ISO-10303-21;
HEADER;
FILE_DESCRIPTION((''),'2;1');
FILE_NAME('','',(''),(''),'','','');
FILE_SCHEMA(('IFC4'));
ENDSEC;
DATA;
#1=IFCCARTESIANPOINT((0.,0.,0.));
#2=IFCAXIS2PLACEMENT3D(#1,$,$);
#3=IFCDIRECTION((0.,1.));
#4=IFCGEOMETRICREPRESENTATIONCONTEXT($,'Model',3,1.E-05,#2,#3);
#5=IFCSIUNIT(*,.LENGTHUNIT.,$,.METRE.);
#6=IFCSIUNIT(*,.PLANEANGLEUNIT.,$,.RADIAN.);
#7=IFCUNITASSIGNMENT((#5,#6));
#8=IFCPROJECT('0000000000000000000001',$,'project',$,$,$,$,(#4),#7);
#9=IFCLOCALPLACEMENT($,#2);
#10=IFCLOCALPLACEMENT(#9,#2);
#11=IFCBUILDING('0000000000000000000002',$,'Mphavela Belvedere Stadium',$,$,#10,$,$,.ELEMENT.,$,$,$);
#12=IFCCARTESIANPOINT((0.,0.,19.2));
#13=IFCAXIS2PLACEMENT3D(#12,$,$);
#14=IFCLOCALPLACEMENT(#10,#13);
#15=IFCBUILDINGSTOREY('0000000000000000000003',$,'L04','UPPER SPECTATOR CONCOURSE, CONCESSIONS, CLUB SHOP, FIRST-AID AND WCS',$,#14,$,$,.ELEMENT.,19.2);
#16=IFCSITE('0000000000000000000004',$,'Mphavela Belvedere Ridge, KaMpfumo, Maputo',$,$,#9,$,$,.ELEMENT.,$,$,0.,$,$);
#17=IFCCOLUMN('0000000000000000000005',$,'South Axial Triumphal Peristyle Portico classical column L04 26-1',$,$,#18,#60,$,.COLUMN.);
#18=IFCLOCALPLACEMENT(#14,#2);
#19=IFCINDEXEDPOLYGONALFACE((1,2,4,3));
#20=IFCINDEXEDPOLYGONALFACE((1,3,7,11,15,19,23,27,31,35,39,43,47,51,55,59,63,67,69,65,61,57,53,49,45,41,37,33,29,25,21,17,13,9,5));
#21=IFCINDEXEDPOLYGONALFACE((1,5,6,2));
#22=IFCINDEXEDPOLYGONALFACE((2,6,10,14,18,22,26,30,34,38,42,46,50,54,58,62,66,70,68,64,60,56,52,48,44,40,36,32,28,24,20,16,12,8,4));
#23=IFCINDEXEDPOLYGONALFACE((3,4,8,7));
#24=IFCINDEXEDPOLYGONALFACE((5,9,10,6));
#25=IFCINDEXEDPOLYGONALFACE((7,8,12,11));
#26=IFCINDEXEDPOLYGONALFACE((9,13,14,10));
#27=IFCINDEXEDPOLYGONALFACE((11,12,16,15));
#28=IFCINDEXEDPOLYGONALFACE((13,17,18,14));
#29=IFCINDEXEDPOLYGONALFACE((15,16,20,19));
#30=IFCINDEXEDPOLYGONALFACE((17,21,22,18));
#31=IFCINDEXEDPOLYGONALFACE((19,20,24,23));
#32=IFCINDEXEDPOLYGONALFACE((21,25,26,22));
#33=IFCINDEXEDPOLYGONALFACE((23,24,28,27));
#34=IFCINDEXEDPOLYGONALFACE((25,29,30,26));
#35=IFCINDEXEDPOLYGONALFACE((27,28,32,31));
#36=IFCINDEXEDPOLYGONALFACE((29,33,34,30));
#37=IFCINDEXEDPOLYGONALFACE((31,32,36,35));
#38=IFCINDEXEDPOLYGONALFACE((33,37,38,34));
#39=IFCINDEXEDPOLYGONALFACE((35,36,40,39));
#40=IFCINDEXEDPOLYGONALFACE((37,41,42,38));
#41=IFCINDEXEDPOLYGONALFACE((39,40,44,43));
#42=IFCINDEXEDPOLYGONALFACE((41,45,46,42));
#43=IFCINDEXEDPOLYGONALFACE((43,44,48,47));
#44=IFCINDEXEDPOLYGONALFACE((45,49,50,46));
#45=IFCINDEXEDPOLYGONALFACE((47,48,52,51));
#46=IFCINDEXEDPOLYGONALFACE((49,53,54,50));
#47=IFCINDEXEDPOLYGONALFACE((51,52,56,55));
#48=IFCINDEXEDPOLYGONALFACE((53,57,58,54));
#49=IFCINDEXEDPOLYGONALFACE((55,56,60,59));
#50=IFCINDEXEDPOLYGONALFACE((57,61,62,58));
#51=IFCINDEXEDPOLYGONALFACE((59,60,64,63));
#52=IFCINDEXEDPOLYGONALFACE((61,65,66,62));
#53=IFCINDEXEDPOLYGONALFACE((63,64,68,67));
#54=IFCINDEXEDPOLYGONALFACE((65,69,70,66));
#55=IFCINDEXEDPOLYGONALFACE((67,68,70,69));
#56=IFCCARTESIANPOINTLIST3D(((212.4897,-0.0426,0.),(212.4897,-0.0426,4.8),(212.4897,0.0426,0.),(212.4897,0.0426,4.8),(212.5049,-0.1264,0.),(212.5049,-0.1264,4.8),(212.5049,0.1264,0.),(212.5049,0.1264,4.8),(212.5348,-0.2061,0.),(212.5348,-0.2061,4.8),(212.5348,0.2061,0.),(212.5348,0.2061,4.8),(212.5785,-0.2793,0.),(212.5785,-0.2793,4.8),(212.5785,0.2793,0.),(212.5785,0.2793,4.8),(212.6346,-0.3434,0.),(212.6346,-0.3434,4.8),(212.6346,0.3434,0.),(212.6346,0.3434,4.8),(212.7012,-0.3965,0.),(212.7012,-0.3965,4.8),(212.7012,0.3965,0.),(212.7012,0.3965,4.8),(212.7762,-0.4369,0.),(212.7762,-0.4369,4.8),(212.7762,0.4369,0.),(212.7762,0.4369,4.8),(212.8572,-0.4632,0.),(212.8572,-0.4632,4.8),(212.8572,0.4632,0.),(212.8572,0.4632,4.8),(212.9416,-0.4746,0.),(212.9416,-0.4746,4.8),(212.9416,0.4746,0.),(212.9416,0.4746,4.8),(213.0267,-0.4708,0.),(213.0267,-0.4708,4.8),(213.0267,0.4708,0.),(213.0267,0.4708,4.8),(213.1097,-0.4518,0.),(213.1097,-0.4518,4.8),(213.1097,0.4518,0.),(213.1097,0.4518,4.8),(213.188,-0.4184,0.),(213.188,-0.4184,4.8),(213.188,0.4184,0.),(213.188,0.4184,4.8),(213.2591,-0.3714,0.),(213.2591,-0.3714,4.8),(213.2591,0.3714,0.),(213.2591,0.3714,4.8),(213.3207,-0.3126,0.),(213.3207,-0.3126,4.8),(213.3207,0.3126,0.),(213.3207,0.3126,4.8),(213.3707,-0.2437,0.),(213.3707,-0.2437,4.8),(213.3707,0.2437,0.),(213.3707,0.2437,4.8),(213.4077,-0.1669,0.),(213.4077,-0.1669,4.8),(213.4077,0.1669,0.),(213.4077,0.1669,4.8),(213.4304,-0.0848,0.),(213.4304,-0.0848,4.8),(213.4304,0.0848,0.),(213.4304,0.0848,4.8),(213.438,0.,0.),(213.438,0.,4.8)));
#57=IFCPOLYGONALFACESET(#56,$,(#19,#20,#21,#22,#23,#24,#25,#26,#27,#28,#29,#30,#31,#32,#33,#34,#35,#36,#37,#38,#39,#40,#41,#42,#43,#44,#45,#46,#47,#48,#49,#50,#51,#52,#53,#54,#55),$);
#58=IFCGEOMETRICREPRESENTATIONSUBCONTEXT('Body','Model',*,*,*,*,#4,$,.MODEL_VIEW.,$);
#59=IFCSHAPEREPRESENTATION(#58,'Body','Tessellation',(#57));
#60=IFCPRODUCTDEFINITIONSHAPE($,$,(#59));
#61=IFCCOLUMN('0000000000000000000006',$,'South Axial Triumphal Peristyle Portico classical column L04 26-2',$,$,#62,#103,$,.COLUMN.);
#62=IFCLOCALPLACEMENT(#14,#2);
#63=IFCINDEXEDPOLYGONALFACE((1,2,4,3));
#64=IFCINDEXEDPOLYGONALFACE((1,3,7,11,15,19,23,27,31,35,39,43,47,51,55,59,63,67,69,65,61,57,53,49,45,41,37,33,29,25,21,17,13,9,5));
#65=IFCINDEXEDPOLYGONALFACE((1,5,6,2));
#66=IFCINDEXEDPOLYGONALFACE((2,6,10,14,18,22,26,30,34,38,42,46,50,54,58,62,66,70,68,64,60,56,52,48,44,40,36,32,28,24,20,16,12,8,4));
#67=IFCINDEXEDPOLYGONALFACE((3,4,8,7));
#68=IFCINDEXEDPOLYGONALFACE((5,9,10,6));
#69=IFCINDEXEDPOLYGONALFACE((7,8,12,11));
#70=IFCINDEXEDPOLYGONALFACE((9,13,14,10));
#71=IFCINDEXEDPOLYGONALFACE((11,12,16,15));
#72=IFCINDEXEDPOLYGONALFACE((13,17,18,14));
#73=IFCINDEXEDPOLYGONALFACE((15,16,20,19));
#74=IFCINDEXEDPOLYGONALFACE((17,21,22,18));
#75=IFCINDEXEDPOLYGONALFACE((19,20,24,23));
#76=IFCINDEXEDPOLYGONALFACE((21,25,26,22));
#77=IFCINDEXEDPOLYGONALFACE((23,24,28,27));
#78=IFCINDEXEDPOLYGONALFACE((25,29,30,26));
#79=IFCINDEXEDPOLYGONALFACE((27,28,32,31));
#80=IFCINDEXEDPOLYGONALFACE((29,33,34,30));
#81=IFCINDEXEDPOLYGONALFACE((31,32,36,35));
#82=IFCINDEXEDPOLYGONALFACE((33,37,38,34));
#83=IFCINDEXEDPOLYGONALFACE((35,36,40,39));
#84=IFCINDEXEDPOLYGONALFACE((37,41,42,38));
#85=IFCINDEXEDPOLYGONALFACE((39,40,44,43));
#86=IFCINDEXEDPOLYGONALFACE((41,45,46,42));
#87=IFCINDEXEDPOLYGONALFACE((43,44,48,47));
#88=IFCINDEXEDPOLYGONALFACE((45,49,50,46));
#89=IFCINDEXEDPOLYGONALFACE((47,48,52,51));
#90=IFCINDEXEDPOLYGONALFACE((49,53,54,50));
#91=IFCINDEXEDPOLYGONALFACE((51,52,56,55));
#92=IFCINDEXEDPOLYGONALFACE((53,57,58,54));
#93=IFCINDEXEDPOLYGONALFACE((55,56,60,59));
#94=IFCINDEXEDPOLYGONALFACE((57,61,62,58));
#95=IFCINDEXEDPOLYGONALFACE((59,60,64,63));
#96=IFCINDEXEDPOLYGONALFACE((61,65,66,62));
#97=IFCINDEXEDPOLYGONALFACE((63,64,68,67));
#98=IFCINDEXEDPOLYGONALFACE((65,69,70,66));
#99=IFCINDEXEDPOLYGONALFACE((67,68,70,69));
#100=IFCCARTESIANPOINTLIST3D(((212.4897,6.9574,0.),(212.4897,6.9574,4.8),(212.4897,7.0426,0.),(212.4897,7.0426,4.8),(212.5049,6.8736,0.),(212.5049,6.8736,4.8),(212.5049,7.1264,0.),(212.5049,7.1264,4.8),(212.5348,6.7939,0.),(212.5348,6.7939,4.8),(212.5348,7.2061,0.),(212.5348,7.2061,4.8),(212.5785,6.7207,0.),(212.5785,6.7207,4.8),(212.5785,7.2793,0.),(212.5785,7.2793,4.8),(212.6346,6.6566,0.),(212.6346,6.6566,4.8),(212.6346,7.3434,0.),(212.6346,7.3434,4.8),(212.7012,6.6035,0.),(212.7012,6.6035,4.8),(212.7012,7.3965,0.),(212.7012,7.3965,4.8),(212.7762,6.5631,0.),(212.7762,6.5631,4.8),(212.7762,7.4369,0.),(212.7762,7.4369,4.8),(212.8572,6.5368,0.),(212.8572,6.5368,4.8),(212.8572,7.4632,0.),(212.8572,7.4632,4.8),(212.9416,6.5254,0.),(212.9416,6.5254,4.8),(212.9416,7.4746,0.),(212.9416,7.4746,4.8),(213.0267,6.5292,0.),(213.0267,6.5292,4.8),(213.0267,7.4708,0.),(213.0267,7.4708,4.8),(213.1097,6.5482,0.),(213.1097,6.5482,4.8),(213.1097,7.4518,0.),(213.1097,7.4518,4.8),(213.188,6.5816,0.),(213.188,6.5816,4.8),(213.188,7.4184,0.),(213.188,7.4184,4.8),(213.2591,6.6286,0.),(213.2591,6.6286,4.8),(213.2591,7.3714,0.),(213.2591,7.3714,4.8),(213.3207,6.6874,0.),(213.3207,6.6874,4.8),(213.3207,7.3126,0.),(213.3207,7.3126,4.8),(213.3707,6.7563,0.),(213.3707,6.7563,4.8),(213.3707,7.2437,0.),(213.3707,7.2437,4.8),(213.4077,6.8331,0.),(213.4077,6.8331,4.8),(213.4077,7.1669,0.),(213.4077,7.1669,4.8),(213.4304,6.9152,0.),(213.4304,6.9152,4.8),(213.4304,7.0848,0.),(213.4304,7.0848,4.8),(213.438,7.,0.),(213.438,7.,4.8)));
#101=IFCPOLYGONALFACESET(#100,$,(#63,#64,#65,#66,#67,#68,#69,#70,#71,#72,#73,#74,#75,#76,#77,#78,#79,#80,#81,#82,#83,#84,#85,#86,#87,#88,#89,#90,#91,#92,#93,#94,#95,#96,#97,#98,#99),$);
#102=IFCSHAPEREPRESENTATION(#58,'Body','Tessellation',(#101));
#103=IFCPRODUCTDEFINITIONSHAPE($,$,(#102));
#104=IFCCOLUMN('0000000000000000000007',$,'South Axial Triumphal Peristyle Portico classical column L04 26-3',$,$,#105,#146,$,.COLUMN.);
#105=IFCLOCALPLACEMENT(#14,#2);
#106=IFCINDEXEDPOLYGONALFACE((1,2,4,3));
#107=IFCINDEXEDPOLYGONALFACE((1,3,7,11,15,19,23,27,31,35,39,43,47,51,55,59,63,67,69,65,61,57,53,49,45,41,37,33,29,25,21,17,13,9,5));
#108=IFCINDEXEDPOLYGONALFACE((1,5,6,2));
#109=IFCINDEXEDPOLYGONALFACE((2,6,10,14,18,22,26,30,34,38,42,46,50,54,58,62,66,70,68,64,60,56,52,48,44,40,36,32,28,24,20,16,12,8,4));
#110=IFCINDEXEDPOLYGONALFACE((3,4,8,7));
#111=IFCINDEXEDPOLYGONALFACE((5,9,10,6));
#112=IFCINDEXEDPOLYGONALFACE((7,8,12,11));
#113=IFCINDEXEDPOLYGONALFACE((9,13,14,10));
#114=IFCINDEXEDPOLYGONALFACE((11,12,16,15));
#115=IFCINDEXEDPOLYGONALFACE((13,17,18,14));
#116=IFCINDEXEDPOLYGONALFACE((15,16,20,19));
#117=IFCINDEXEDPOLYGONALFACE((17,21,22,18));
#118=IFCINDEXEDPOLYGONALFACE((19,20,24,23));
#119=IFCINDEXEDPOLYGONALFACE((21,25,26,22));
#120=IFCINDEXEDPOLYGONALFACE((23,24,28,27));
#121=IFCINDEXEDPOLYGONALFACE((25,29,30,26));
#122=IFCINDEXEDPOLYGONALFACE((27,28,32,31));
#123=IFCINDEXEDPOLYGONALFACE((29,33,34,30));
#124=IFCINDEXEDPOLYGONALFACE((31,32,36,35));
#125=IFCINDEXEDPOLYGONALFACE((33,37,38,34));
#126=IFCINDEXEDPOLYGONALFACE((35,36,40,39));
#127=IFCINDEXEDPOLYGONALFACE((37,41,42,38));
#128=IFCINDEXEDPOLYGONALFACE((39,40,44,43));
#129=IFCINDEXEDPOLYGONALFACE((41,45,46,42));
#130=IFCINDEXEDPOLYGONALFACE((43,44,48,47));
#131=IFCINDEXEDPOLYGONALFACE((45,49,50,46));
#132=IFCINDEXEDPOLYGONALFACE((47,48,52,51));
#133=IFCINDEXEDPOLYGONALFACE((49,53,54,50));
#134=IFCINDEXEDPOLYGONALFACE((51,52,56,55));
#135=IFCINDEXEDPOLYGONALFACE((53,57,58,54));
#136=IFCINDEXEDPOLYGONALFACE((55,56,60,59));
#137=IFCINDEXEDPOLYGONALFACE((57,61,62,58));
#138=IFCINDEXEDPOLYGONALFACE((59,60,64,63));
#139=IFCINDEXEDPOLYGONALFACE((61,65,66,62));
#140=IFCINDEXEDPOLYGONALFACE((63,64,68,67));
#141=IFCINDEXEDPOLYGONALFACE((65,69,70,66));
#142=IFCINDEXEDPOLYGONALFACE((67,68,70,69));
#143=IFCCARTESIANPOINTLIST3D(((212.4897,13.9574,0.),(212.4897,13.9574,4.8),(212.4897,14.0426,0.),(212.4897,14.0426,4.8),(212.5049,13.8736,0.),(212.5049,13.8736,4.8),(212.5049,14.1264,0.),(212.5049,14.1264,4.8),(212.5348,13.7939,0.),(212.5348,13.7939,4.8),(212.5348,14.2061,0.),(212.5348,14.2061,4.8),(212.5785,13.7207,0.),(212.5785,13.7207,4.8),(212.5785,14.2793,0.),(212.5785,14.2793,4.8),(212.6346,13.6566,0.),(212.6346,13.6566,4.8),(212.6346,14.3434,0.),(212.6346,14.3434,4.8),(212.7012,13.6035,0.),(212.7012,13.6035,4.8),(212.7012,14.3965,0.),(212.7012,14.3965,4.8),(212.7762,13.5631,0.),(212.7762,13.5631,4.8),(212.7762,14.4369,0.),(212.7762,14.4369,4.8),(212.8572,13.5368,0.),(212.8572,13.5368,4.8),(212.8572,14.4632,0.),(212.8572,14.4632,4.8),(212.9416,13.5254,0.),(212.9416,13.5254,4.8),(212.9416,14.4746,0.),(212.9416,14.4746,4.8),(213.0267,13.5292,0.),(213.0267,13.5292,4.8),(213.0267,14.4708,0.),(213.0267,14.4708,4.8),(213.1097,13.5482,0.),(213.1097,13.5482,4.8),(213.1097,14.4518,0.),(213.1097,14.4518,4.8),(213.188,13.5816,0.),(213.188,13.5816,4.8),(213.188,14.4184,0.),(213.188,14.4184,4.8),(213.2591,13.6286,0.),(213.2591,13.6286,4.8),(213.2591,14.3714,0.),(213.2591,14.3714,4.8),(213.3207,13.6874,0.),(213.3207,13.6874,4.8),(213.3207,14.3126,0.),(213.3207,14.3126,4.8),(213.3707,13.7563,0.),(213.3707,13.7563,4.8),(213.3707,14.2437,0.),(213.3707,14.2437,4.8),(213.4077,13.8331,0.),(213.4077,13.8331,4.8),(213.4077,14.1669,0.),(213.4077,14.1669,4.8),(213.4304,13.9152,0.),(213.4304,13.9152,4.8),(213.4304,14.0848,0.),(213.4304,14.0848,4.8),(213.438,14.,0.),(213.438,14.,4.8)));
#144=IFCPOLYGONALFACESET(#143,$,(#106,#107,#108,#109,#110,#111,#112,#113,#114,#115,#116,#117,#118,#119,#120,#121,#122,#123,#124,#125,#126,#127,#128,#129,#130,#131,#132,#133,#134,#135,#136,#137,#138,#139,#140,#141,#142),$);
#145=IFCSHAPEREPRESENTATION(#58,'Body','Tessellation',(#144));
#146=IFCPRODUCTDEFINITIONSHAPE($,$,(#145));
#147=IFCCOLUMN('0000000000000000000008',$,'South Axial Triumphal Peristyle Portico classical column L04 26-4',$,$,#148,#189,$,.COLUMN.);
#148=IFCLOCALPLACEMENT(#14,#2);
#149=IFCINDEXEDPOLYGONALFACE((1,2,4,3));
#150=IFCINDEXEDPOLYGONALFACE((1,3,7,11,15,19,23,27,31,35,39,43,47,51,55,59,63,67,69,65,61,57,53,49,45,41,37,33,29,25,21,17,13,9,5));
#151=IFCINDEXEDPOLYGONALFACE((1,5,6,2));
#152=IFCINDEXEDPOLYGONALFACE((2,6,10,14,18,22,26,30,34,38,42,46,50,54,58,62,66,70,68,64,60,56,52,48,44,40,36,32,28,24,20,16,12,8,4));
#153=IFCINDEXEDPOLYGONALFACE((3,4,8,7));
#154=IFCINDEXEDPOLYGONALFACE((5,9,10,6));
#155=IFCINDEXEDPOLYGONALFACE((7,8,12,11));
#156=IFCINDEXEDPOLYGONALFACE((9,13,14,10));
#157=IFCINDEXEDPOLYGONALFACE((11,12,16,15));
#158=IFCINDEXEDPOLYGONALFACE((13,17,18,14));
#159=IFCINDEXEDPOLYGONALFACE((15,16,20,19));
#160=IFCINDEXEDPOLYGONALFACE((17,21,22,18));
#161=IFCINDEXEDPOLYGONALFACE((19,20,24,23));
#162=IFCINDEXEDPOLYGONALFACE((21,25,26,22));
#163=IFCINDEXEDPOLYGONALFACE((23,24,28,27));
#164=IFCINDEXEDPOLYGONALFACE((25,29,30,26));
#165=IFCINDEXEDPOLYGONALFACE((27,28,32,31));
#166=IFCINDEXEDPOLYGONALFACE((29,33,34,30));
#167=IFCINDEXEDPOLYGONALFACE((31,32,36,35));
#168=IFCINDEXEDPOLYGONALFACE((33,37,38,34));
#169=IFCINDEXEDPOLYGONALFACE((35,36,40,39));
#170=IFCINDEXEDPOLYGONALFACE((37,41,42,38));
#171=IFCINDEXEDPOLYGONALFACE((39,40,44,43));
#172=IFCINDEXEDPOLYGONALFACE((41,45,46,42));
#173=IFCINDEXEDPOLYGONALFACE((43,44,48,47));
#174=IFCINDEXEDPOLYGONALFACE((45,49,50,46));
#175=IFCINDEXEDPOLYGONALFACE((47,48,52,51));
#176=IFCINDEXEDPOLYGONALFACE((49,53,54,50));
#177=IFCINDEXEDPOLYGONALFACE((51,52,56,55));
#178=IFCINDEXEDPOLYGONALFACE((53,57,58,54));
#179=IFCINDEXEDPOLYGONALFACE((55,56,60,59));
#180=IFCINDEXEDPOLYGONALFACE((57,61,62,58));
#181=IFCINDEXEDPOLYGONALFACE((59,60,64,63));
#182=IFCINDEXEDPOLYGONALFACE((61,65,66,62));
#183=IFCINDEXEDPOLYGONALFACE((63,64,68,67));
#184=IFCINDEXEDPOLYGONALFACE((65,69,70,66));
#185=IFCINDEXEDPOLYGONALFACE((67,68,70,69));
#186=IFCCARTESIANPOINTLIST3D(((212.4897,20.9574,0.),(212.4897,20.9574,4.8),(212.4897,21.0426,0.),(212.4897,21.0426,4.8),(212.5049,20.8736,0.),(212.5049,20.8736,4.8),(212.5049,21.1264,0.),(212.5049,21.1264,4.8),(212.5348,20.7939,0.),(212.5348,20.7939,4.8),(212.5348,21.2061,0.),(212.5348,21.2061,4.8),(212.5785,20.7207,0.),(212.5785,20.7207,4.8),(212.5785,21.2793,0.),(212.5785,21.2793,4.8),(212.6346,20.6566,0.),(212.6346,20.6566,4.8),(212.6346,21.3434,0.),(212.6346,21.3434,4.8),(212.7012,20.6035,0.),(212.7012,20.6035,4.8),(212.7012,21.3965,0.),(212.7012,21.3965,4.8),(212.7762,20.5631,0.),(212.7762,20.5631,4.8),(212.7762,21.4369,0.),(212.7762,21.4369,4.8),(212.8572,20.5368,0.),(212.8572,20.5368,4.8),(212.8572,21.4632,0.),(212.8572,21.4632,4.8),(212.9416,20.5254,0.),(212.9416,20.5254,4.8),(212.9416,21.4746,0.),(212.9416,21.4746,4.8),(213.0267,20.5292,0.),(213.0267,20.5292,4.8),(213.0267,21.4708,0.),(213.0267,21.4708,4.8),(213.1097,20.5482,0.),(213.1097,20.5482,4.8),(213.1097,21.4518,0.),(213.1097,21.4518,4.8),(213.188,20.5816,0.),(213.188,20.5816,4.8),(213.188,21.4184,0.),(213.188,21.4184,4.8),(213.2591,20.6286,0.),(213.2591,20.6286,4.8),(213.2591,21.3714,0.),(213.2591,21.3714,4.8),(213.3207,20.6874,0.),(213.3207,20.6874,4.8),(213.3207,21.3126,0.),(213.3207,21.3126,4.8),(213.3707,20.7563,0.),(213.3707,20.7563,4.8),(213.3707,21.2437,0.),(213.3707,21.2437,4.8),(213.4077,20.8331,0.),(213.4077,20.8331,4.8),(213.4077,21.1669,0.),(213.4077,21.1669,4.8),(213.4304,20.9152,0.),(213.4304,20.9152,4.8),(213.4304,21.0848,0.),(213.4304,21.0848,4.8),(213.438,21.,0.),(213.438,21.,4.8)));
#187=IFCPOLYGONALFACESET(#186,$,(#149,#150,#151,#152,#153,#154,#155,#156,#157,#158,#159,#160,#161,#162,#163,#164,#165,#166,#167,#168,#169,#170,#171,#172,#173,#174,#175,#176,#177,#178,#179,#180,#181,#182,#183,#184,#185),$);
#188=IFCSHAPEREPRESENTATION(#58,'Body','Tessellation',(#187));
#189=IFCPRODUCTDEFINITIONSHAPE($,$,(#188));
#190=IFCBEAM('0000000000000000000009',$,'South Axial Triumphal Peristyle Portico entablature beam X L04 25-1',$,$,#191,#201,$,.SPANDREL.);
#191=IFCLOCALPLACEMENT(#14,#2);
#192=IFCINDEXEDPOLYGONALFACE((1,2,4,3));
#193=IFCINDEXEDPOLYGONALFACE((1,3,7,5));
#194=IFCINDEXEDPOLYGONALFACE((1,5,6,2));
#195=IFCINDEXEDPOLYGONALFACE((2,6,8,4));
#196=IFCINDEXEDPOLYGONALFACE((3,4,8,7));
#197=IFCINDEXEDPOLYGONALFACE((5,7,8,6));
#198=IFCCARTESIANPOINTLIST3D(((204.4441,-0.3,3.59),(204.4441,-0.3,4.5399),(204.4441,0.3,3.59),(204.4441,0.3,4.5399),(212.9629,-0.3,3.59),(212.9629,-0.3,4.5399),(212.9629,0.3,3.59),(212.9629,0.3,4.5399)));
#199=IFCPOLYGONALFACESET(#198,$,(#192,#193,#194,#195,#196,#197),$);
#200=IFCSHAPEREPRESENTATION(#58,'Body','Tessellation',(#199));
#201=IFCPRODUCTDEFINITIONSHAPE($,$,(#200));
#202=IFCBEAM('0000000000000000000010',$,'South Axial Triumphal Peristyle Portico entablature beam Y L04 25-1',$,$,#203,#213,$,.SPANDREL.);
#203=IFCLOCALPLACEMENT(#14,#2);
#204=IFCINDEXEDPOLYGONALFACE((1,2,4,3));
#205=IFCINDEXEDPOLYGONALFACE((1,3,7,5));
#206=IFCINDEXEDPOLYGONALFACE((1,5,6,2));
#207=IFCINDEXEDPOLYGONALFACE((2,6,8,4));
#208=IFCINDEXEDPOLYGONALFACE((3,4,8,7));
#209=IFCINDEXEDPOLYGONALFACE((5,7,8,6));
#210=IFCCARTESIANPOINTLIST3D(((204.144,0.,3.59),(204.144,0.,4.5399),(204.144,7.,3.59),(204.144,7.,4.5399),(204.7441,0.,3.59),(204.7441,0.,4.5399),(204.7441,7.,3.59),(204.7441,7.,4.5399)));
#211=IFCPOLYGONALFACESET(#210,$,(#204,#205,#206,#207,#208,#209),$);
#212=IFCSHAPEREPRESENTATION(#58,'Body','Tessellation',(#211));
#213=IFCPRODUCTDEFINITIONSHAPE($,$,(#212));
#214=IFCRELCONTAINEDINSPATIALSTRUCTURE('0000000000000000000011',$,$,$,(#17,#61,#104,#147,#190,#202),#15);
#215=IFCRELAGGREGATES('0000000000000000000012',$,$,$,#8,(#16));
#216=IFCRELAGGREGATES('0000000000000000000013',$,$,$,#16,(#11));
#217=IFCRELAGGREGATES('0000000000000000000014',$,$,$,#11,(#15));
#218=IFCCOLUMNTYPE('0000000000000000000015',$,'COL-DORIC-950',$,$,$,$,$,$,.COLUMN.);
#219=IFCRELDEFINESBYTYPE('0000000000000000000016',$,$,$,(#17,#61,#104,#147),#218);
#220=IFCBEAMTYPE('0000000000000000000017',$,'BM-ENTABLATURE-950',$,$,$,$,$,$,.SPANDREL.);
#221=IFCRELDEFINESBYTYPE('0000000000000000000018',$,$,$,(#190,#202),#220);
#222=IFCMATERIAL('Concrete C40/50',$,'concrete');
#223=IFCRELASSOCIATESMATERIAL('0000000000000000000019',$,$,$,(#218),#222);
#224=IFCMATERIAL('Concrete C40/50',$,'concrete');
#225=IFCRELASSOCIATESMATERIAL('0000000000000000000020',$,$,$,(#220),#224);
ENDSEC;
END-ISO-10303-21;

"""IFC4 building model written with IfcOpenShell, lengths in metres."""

from ifc_helpers import new_model, si_unit, direction, frame, origin, origin_2d, place, context, subcontext, project, spatial, rectangle, circle, extrude, material, material_profile, profile_set, type_object, element, save


model = new_model("IFC4")

# Units and contexts
model_context = context("Model", 3, precision=1e-05, world=origin(), true_north=direction((0.0, 1.0)))
body_context = subcontext(model_context, "Body", "Model", "MODEL_VIEW")
ifc_project = project(units=[si_unit("LENGTHUNIT", "METRE"), si_unit("PLANEANGLEUNIT", "RADIAN")], contexts=[model_context])

# Site, building, storey
site_placement = place(None, origin())
site = spatial("IfcSite", under=ifc_project, at=site_placement, Name="Mphavela Belvedere Ridge, KaMpfumo, Maputo", CompositionType="ELEMENT", RefElevation=0.0)
building_placement = place(site_placement, origin())
building = spatial("IfcBuilding", under=site, at=building_placement, Name="Mphavela Belvedere Stadium", CompositionType="ELEMENT")
storey_placement = place(building_placement, frame((0.0, 0.0, 19.2)))
storey = spatial("IfcBuildingStorey", under=building, at=storey_placement, Name="L04", Description="UPPER SPECTATOR CONCOURSE, CONCESSIONS, CLUB SHOP, FIRST-AID AND WCS", CompositionType="ELEMENT", Elevation=19.2)

# Columns
ifc_material_1 = material(Name="Concrete C40/50", Category="concrete")
ifc_material_profile_1 = material_profile(ifc_material_1, circle(Radius=0.4751, at=origin_2d()), Name="COL D950")
ifc_profile_set_1 = profile_set([ifc_material_profile_1], Name="Concrete C40/50")
column_type = type_object("IfcColumnType", Name="COL-DORIC-950", PredefinedType="COLUMN", material=ifc_profile_set_1)
for number, where, z_axis, x_axis, name in (
    (1, (212.9629, 0.0, 0.0), (0.0, 0.0, 1.0), (1.0, 0.0, 0.0), "South Axial Triumphal Peristyle Portico classical column L04 26-1"),
    (2, (212.9629, 7.0, 0.0), (0.0, 0.0, 1.0), (1.0, 0.0, 0.0), "South Axial Triumphal Peristyle Portico classical column L04 26-2"),
    (3, (212.9629, 14.0, 0.0), (0.0, 0.0, 1.0), (1.0, 0.0, 0.0), "South Axial Triumphal Peristyle Portico classical column L04 26-3"),
    (4, (212.9629, 21.0, 0.0), (0.0, 0.0, 1.0), (1.0, 0.0, 0.0), "South Axial Triumphal Peristyle Portico classical column L04 26-4"),
):
    element("IfcColumn", number, at=place(storey_placement, frame(where, z_axis=z_axis, x_axis=x_axis)), inside=storey, type_object=column_type, Name=name, PredefinedType="COLUMN", context=body_context, shape_type="SweptSolid", body=[
        extrude(circle(Radius=0.4751, at=origin_2d()), origin(), (0.0, 0.0, 1.0), 4.8),
    ])

# Beams
ifc_material_2 = material(Name="Concrete C40/50", Category="concrete")
ifc_material_profile_2 = material_profile(ifc_material_2, rectangle(XDim=0.6001, YDim=0.95, at=origin_2d()), Name="RC 600x950")
ifc_profile_set_2 = profile_set([ifc_material_profile_2], Name="Concrete C40/50")
beam_type_1 = type_object("IfcBeamType", Name="BM-ENTABLATURE-950", PredefinedType="SPANDREL", material=ifc_profile_set_2)
beam_1_placement = place(storey_placement, frame((204.4441, 0.0, 4.0649), z_axis=(1.0, 0.0, 0.0), x_axis=(0.0, 1.0, 0.0)))
element("IfcBeam", 5, at=beam_1_placement, inside=storey, type_object=beam_type_1, Name="South Axial Triumphal Peristyle Portico entablature beam X L04 25-1", PredefinedType="SPANDREL", context=body_context, shape_type="SweptSolid", body=[
    extrude(rectangle(XDim=0.6001, YDim=0.95, at=origin_2d()), origin(), (0.0, 0.0, 1.0), 8.5188),
])
beam_2_placement = place(storey_placement, frame((204.4441, 0.0, 4.0649), z_axis=(0.0, 1.0, 0.0), x_axis=(-1.0, 0.0, 0.0)))
element("IfcBeam", 6, at=beam_2_placement, inside=storey, type_object=beam_type_1, Name="South Axial Triumphal Peristyle Portico entablature beam Y L04 25-1", PredefinedType="SPANDREL", context=body_context, shape_type="SweptSolid", body=[
    extrude(rectangle(XDim=0.6001, YDim=0.95, at=origin_2d()), origin(), (0.0, 0.0, 1.0), 7.0),
])

save(model, "model.ifc")
